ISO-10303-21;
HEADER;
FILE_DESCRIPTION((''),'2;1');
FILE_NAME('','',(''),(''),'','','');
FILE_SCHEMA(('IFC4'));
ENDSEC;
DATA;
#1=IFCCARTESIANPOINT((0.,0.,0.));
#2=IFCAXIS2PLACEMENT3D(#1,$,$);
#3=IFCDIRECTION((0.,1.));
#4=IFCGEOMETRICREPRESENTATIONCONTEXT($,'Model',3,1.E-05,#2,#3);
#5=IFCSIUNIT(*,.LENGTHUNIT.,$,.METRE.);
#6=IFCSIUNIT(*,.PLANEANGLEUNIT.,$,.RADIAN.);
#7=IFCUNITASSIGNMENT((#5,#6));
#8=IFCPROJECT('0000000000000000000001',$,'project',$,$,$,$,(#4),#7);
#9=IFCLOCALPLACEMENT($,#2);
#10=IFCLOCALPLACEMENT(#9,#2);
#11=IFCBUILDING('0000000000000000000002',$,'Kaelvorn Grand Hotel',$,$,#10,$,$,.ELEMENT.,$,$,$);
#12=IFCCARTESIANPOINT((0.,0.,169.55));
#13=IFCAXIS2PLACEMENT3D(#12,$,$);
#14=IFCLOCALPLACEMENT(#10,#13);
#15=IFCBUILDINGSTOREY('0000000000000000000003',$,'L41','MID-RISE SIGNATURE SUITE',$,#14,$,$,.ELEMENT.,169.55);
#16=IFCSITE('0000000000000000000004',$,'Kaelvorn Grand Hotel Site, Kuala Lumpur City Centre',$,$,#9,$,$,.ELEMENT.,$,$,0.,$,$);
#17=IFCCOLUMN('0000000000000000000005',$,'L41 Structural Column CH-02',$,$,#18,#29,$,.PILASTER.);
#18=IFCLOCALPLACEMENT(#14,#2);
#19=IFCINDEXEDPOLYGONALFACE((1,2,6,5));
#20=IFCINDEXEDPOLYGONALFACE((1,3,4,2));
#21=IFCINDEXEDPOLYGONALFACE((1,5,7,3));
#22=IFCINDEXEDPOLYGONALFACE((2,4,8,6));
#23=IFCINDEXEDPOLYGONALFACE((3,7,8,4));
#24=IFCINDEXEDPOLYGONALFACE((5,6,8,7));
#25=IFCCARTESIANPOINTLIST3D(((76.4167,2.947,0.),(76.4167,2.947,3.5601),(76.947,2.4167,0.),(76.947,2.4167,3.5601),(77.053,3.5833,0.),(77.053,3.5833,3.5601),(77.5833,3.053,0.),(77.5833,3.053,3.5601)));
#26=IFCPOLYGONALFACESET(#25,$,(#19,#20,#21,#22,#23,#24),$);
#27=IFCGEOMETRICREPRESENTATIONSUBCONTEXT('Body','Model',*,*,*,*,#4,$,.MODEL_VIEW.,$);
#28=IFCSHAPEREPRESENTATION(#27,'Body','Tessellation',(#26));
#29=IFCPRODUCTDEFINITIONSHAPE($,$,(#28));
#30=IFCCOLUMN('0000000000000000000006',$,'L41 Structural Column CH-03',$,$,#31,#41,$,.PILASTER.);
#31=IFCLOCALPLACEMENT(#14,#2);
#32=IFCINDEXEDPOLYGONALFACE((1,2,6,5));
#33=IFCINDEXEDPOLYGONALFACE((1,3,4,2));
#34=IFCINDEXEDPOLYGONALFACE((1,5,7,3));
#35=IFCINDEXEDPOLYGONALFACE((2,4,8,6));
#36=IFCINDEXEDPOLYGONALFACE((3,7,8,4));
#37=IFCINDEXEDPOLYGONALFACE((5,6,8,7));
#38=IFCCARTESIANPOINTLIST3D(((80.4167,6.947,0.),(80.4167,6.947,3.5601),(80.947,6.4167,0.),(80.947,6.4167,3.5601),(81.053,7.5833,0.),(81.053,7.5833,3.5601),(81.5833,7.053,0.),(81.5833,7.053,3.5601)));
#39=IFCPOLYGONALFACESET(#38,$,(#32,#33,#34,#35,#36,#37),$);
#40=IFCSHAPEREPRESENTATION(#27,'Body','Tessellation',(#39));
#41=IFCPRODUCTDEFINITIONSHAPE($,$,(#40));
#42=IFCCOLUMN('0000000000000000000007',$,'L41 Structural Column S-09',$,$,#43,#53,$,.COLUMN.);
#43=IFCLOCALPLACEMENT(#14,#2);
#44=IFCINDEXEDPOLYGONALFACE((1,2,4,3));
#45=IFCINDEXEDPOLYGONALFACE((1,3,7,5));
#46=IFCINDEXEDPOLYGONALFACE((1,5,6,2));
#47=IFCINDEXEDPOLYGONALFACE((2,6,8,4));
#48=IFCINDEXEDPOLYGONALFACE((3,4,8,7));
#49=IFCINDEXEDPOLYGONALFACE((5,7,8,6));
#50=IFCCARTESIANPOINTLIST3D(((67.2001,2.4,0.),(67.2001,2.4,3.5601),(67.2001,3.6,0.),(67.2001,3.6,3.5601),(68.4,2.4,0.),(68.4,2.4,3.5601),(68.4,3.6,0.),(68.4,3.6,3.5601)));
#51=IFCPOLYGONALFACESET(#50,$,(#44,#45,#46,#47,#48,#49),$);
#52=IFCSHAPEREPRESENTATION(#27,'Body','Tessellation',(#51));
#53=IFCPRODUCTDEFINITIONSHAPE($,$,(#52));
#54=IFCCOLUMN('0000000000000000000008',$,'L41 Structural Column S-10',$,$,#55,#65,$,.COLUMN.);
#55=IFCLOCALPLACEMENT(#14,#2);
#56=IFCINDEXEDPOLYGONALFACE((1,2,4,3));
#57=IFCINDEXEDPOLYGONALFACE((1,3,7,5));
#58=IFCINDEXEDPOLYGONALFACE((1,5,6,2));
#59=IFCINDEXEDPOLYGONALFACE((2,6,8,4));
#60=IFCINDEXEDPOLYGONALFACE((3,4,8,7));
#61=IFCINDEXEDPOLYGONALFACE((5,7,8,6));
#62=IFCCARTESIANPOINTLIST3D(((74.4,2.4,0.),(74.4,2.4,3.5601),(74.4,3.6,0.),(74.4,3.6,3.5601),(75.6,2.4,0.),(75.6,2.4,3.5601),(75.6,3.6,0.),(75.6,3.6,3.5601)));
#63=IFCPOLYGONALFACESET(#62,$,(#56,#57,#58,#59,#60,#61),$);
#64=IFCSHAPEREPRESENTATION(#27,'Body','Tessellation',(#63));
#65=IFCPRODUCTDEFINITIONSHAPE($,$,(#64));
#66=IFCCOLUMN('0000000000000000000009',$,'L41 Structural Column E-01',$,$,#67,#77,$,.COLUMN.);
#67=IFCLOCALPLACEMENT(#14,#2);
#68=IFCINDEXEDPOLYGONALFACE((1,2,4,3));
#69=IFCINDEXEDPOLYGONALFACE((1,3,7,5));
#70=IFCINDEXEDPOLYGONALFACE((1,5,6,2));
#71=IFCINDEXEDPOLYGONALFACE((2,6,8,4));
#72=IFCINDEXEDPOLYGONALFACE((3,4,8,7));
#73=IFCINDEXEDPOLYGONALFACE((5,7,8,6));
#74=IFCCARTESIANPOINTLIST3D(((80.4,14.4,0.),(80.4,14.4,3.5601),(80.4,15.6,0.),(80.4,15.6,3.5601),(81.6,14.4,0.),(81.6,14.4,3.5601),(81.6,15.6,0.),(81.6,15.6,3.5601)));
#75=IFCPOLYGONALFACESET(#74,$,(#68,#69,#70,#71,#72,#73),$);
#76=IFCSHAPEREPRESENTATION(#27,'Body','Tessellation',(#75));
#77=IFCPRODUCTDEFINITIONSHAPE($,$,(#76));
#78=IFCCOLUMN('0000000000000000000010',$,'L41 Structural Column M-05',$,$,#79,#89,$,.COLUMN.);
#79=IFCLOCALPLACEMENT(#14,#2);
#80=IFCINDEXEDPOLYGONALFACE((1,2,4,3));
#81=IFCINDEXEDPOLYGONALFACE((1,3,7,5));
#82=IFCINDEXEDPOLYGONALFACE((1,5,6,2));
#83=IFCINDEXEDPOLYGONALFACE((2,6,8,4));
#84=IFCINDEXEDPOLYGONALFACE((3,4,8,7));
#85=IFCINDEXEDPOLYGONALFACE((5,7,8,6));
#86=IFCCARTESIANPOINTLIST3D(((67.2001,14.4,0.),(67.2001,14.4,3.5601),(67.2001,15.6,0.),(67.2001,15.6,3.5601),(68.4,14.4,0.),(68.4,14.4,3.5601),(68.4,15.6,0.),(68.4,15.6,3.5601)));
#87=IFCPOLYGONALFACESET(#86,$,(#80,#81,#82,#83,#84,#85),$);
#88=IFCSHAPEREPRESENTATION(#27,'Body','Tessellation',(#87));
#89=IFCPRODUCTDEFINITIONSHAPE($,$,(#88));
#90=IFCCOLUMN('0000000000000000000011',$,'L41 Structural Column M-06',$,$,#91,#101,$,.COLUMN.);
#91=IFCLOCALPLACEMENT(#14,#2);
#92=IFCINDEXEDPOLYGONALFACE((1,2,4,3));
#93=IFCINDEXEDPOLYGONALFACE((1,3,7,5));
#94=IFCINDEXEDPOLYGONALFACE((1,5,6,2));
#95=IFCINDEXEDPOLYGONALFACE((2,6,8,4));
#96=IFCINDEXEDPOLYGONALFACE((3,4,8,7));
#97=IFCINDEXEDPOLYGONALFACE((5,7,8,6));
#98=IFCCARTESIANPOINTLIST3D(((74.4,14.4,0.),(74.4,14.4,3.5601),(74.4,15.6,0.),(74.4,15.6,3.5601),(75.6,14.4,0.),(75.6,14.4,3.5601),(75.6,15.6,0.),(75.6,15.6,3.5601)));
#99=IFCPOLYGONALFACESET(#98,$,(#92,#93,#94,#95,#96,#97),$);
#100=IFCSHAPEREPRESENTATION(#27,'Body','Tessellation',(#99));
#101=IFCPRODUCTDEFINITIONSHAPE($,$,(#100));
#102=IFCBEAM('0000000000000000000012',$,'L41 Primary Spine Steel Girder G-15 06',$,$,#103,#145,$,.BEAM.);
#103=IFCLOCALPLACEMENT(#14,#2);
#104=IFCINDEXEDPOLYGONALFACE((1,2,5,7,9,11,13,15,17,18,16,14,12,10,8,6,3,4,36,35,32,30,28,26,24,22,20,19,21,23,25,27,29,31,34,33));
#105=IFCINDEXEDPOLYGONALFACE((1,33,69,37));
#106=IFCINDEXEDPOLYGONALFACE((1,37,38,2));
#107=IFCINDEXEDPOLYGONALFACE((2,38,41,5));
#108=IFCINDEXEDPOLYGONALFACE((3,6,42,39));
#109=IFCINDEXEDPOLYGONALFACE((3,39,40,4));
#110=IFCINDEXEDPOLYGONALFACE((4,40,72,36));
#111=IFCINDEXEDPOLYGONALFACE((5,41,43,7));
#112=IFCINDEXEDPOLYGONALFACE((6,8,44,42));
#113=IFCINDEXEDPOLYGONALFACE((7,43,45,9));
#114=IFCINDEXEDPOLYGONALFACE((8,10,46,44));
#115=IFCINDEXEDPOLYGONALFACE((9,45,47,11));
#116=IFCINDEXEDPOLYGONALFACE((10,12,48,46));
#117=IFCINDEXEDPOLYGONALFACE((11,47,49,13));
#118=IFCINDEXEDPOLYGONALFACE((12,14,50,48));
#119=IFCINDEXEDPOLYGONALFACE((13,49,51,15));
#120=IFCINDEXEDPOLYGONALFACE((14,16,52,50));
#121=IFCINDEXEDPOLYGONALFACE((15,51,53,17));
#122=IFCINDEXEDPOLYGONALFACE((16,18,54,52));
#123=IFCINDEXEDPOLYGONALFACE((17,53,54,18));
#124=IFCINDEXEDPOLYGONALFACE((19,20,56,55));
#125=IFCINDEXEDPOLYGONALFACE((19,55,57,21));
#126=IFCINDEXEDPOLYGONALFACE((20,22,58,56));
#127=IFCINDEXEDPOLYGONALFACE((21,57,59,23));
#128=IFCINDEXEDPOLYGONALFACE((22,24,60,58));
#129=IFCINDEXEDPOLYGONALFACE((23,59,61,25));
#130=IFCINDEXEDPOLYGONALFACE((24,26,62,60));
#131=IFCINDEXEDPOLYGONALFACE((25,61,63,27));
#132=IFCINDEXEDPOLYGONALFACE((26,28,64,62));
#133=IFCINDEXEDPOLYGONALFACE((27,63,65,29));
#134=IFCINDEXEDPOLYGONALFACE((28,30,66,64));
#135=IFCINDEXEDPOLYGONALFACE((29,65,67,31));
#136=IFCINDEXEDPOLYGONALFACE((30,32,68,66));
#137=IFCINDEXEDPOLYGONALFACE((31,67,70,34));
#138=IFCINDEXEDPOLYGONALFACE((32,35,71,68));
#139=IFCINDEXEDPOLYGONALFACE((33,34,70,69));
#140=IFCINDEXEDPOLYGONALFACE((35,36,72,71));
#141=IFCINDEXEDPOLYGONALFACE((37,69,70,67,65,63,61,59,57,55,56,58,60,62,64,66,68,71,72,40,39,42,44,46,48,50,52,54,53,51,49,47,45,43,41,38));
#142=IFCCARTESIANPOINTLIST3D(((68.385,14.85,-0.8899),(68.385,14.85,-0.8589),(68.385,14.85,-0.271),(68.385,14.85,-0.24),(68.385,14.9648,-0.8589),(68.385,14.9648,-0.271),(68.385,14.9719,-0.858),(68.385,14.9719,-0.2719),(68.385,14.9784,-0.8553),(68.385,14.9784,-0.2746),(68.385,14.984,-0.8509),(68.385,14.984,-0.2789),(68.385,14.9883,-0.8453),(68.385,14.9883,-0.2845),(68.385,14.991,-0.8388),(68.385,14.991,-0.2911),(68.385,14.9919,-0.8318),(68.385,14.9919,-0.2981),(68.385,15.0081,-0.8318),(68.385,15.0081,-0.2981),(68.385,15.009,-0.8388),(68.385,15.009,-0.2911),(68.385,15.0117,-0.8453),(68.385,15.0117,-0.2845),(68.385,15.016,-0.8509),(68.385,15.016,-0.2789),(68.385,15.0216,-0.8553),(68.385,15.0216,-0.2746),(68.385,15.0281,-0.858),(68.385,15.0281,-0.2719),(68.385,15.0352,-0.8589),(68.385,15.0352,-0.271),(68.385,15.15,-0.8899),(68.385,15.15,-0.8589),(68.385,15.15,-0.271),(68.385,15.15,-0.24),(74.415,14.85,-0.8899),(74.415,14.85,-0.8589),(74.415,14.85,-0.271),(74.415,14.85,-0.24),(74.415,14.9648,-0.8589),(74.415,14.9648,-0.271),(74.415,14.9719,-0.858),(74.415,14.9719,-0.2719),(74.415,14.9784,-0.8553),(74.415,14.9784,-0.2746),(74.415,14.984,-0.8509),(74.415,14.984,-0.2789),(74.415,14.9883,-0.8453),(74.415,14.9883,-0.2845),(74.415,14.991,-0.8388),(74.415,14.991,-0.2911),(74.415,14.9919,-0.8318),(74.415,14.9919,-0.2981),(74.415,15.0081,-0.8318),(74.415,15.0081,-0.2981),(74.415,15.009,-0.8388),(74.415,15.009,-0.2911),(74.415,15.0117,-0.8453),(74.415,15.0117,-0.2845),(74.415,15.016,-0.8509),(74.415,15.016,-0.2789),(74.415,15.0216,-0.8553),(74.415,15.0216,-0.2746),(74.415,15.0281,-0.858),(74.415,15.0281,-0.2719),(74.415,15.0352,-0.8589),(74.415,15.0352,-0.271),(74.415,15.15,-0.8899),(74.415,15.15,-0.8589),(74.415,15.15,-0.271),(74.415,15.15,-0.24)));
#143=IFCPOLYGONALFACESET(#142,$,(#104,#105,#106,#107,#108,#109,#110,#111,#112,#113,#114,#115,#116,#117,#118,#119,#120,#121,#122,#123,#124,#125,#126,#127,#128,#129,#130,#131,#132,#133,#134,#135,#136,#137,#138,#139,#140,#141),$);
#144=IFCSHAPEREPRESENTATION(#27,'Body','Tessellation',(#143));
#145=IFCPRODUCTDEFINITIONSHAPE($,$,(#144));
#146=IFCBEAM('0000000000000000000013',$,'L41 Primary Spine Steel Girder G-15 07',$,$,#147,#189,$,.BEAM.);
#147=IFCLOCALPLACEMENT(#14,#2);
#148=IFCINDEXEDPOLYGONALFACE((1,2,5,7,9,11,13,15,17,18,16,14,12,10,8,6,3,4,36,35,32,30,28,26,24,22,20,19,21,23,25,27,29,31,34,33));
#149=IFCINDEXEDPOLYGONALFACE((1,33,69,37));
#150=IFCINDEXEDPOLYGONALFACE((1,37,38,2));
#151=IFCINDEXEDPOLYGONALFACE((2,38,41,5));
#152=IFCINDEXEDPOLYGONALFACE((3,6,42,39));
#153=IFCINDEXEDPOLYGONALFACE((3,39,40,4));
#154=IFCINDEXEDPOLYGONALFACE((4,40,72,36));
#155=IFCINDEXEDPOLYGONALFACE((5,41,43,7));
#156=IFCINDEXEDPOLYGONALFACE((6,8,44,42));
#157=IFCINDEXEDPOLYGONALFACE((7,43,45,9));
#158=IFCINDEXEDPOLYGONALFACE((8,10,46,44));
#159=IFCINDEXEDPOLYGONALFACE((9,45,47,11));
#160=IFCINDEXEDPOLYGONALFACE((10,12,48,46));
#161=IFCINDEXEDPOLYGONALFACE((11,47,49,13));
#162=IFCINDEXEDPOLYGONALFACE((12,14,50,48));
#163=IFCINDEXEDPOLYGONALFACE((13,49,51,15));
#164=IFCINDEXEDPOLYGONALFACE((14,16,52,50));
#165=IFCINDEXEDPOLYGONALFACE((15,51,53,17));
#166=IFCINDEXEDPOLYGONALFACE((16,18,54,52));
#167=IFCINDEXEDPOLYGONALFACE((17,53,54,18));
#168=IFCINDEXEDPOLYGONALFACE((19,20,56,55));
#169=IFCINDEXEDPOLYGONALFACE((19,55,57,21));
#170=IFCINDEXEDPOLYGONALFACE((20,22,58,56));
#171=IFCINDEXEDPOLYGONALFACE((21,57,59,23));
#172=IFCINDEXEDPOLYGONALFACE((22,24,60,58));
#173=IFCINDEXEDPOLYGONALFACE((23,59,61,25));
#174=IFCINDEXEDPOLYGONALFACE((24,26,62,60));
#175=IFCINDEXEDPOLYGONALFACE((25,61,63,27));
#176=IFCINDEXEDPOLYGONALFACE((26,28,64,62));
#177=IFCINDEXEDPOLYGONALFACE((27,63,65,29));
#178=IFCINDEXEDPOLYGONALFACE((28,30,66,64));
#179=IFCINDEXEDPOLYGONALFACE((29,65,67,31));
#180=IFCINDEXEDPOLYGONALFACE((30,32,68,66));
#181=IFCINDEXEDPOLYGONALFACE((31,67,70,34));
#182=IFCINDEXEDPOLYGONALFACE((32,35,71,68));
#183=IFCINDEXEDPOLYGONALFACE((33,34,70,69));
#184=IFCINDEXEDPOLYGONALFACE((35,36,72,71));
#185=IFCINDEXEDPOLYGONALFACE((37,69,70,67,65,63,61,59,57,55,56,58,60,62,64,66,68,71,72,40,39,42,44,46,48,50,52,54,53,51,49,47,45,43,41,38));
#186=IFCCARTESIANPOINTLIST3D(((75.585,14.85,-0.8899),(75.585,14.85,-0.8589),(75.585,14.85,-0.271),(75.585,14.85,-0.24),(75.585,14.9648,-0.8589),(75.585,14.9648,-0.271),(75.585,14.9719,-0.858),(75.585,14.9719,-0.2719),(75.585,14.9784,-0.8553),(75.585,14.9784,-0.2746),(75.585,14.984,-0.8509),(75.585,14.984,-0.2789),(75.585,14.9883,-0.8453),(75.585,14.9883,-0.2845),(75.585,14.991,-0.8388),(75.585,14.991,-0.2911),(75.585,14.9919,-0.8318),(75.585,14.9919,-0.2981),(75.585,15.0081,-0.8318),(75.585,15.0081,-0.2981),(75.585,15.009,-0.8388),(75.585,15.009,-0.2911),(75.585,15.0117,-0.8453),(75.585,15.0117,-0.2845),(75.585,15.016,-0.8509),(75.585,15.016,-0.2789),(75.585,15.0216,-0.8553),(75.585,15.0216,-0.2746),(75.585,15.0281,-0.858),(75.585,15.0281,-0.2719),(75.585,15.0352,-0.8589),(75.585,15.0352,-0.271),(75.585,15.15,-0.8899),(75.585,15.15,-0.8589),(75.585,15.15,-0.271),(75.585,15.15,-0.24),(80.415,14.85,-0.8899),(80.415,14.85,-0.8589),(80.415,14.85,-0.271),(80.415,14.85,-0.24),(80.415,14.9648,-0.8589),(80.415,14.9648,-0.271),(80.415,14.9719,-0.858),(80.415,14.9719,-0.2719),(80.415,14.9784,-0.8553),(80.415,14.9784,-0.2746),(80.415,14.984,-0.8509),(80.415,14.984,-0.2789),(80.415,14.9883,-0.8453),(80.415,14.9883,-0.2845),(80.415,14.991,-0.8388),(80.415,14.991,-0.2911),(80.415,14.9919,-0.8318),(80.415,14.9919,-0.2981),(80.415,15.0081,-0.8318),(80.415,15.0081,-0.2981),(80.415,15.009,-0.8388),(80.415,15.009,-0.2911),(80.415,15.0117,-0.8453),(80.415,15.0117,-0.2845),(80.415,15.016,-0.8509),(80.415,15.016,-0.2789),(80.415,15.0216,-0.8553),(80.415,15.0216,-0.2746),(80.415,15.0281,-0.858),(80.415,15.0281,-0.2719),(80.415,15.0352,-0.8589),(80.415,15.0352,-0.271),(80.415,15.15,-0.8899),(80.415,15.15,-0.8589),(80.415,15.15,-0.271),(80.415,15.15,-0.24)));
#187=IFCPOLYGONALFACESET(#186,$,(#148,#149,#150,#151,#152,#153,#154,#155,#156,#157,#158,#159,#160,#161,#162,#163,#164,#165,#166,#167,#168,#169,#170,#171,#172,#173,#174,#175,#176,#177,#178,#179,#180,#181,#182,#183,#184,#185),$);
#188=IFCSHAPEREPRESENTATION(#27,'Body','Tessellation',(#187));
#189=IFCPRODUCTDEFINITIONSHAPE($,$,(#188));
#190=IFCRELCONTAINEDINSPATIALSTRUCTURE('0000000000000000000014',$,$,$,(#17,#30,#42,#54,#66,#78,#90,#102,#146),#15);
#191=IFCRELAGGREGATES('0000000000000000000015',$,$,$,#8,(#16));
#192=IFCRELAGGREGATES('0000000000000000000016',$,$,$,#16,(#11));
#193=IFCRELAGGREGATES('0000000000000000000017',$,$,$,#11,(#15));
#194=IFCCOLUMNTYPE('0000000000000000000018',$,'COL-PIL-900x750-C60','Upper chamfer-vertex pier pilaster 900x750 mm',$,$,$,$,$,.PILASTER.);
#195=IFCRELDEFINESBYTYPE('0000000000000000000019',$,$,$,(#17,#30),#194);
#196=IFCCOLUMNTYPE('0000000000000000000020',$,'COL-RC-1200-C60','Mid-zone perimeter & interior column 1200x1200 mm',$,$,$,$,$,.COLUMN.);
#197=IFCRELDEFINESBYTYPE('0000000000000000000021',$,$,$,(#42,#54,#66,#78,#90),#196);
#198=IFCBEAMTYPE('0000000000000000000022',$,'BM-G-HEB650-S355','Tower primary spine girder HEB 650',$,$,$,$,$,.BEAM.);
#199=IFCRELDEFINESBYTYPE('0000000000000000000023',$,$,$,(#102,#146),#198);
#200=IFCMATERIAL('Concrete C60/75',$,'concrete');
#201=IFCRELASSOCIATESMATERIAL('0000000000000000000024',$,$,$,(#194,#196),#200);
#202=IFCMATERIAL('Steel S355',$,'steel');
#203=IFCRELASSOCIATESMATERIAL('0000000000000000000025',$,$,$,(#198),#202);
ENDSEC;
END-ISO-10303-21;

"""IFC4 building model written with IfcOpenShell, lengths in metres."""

from ifc_helpers import new_model, si_unit, direction, frame, origin, origin_2d, place, context, subcontext, project, spatial, rectangle, i_section, extrude, material, material_profile, profile_set, type_object, element, save


model = new_model("IFC4")

# Units and contexts
model_context = context("Model", 3, precision=1e-05, world=origin(), true_north=direction((0.0, 1.0)))
body_context = subcontext(model_context, "Body", "Model", "MODEL_VIEW")
ifc_project = project(units=[si_unit("LENGTHUNIT", "METRE"), si_unit("PLANEANGLEUNIT", "RADIAN")], contexts=[model_context])

# Site, building, storey
site_placement = place(None, origin())
site = spatial("IfcSite", under=ifc_project, at=site_placement, Name="Kaelvorn Grand Hotel Site, Kuala Lumpur City Centre", CompositionType="ELEMENT", RefElevation=0.0)
building_placement = place(site_placement, origin())
building = spatial("IfcBuilding", under=site, at=building_placement, Name="Kaelvorn Grand Hotel", CompositionType="ELEMENT")
storey_placement = place(building_placement, frame((0.0, 0.0, 169.55)))
storey = spatial("IfcBuildingStorey", under=building, at=storey_placement, Name="L41", Description="MID-RISE SIGNATURE SUITE", CompositionType="ELEMENT", Elevation=169.55)

# Columns
ifc_material_1 = material(Name="Concrete C60/75", Category="concrete")
ifc_material_profile_1 = material_profile(ifc_material_1, rectangle(XDim=0.8999, YDim=0.75, at=origin_2d()), Name="RC PILASTER 900x750")
ifc_profile_set_1 = profile_set([ifc_material_profile_1], Name="Concrete C60/75")
column_type_1 = type_object("IfcColumnType", Name="COL-PIL-900x750-C60", Description="Upper chamfer-vertex pier pilaster 900x750 mm", PredefinedType="PILASTER", material=ifc_profile_set_1)
for number, where, z_axis, x_axis, name in (
    (1, (77.0, 3.0, 0.0), (0.0, 0.0, 1.0), (0.707107, 0.707107, 0.0), "L41 Structural Column CH-02"),
    (2, (81.0, 7.0, 0.0), (0.0, 0.0, 1.0), (0.707107, 0.707107, 0.0), "L41 Structural Column CH-03"),
):
    element("IfcColumn", number, at=place(storey_placement, frame(where, z_axis=z_axis, x_axis=x_axis)), inside=storey, type_object=column_type_1, Name=name, PredefinedType="PILASTER", context=body_context, shape_type="SweptSolid", body=[
        extrude(rectangle(XDim=0.8999, YDim=0.75, at=origin_2d()), origin(), (0.0, 0.0, 1.0), 3.5601),
    ])
ifc_material_profile_2 = material_profile(ifc_material_1, rectangle(XDim=1.2, YDim=1.2, at=origin_2d()), Name="RC COL 1200x1200")
ifc_profile_set_2 = profile_set([ifc_material_profile_2], Name="Concrete C60/75")
column_type_2 = type_object("IfcColumnType", Name="COL-RC-1200-C60", Description="Mid-zone perimeter & interior column 1200x1200 mm", PredefinedType="COLUMN", material=ifc_profile_set_2)
for number, where, z_axis, x_axis, name in (
    (3, (67.8, 3.0, 0.0), (0.0, 0.0, 1.0), (1.0, 0.0, 0.0), "L41 Structural Column S-09"),
    (4, (75.0, 3.0, 0.0), (0.0, 0.0, 1.0), (1.0, 0.0, 0.0), "L41 Structural Column S-10"),
    (5, (81.0, 15.0, 0.0), (0.0, 0.0, 1.0), (1.0, 0.0, 0.0), "L41 Structural Column E-01"),
    (6, (67.8, 15.0, 0.0), (0.0, 0.0, 1.0), (1.0, 0.0, 0.0), "L41 Structural Column M-05"),
    (7, (75.0, 15.0, 0.0), (0.0, 0.0, 1.0), (1.0, 0.0, 0.0), "L41 Structural Column M-06"),
):
    element("IfcColumn", number, at=place(storey_placement, frame(where, z_axis=z_axis, x_axis=x_axis)), inside=storey, type_object=column_type_2, Name=name, PredefinedType="COLUMN", context=body_context, shape_type="SweptSolid", body=[
        extrude(rectangle(XDim=1.2, YDim=1.2, at=origin_2d()), origin(), (0.0, 0.0, 1.0), 3.5601),
    ])

# Beams
ifc_material_2 = material(Name="Steel S355", Category="steel")
ifc_material_profile_3 = material_profile(ifc_material_2, i_section(OverallWidth=0.3, OverallDepth=0.6499, WebThickness=0.0161, FlangeThickness=0.031, FilletRadius=0.0271, at=origin_2d()), Name="HEB 650")
ifc_profile_set_3 = profile_set([ifc_material_profile_3], Name="Steel S355")
beam_type_1 = type_object("IfcBeamType", Name="BM-G-HEB650-S355", Description="Tower primary spine girder HEB 650", PredefinedType="BEAM", material=ifc_profile_set_3)
beam_1_placement = place(storey_placement, frame((68.385, 15.0, -0.5649), z_axis=(1.0, 0.0, 0.0), x_axis=(0.0, 1.0, 0.0)))
element("IfcBeam", 8, at=beam_1_placement, inside=storey, type_object=beam_type_1, Name="L41 Primary Spine Steel Girder G-15 06", PredefinedType="BEAM", context=body_context, shape_type="SweptSolid", body=[
    extrude(i_section(OverallWidth=0.3, OverallDepth=0.6499, WebThickness=0.0161, FlangeThickness=0.031, FilletRadius=0.0271, at=origin_2d()), origin(), (0.0, 0.0, 1.0), 6.03),
])
beam_2_placement = place(storey_placement, frame((75.585, 15.0, -0.5649), z_axis=(1.0, 0.0, 0.0), x_axis=(0.0, 1.0, 0.0)))
element("IfcBeam", 9, at=beam_2_placement, inside=storey, type_object=beam_type_1, Name="L41 Primary Spine Steel Girder G-15 07", PredefinedType="BEAM", context=body_context, shape_type="SweptSolid", body=[
    extrude(i_section(OverallWidth=0.3, OverallDepth=0.6499, WebThickness=0.0161, FlangeThickness=0.031, FilletRadius=0.0271, at=origin_2d()), origin(), (0.0, 0.0, 1.0), 4.8301),
])

save(model, "model.ifc")
